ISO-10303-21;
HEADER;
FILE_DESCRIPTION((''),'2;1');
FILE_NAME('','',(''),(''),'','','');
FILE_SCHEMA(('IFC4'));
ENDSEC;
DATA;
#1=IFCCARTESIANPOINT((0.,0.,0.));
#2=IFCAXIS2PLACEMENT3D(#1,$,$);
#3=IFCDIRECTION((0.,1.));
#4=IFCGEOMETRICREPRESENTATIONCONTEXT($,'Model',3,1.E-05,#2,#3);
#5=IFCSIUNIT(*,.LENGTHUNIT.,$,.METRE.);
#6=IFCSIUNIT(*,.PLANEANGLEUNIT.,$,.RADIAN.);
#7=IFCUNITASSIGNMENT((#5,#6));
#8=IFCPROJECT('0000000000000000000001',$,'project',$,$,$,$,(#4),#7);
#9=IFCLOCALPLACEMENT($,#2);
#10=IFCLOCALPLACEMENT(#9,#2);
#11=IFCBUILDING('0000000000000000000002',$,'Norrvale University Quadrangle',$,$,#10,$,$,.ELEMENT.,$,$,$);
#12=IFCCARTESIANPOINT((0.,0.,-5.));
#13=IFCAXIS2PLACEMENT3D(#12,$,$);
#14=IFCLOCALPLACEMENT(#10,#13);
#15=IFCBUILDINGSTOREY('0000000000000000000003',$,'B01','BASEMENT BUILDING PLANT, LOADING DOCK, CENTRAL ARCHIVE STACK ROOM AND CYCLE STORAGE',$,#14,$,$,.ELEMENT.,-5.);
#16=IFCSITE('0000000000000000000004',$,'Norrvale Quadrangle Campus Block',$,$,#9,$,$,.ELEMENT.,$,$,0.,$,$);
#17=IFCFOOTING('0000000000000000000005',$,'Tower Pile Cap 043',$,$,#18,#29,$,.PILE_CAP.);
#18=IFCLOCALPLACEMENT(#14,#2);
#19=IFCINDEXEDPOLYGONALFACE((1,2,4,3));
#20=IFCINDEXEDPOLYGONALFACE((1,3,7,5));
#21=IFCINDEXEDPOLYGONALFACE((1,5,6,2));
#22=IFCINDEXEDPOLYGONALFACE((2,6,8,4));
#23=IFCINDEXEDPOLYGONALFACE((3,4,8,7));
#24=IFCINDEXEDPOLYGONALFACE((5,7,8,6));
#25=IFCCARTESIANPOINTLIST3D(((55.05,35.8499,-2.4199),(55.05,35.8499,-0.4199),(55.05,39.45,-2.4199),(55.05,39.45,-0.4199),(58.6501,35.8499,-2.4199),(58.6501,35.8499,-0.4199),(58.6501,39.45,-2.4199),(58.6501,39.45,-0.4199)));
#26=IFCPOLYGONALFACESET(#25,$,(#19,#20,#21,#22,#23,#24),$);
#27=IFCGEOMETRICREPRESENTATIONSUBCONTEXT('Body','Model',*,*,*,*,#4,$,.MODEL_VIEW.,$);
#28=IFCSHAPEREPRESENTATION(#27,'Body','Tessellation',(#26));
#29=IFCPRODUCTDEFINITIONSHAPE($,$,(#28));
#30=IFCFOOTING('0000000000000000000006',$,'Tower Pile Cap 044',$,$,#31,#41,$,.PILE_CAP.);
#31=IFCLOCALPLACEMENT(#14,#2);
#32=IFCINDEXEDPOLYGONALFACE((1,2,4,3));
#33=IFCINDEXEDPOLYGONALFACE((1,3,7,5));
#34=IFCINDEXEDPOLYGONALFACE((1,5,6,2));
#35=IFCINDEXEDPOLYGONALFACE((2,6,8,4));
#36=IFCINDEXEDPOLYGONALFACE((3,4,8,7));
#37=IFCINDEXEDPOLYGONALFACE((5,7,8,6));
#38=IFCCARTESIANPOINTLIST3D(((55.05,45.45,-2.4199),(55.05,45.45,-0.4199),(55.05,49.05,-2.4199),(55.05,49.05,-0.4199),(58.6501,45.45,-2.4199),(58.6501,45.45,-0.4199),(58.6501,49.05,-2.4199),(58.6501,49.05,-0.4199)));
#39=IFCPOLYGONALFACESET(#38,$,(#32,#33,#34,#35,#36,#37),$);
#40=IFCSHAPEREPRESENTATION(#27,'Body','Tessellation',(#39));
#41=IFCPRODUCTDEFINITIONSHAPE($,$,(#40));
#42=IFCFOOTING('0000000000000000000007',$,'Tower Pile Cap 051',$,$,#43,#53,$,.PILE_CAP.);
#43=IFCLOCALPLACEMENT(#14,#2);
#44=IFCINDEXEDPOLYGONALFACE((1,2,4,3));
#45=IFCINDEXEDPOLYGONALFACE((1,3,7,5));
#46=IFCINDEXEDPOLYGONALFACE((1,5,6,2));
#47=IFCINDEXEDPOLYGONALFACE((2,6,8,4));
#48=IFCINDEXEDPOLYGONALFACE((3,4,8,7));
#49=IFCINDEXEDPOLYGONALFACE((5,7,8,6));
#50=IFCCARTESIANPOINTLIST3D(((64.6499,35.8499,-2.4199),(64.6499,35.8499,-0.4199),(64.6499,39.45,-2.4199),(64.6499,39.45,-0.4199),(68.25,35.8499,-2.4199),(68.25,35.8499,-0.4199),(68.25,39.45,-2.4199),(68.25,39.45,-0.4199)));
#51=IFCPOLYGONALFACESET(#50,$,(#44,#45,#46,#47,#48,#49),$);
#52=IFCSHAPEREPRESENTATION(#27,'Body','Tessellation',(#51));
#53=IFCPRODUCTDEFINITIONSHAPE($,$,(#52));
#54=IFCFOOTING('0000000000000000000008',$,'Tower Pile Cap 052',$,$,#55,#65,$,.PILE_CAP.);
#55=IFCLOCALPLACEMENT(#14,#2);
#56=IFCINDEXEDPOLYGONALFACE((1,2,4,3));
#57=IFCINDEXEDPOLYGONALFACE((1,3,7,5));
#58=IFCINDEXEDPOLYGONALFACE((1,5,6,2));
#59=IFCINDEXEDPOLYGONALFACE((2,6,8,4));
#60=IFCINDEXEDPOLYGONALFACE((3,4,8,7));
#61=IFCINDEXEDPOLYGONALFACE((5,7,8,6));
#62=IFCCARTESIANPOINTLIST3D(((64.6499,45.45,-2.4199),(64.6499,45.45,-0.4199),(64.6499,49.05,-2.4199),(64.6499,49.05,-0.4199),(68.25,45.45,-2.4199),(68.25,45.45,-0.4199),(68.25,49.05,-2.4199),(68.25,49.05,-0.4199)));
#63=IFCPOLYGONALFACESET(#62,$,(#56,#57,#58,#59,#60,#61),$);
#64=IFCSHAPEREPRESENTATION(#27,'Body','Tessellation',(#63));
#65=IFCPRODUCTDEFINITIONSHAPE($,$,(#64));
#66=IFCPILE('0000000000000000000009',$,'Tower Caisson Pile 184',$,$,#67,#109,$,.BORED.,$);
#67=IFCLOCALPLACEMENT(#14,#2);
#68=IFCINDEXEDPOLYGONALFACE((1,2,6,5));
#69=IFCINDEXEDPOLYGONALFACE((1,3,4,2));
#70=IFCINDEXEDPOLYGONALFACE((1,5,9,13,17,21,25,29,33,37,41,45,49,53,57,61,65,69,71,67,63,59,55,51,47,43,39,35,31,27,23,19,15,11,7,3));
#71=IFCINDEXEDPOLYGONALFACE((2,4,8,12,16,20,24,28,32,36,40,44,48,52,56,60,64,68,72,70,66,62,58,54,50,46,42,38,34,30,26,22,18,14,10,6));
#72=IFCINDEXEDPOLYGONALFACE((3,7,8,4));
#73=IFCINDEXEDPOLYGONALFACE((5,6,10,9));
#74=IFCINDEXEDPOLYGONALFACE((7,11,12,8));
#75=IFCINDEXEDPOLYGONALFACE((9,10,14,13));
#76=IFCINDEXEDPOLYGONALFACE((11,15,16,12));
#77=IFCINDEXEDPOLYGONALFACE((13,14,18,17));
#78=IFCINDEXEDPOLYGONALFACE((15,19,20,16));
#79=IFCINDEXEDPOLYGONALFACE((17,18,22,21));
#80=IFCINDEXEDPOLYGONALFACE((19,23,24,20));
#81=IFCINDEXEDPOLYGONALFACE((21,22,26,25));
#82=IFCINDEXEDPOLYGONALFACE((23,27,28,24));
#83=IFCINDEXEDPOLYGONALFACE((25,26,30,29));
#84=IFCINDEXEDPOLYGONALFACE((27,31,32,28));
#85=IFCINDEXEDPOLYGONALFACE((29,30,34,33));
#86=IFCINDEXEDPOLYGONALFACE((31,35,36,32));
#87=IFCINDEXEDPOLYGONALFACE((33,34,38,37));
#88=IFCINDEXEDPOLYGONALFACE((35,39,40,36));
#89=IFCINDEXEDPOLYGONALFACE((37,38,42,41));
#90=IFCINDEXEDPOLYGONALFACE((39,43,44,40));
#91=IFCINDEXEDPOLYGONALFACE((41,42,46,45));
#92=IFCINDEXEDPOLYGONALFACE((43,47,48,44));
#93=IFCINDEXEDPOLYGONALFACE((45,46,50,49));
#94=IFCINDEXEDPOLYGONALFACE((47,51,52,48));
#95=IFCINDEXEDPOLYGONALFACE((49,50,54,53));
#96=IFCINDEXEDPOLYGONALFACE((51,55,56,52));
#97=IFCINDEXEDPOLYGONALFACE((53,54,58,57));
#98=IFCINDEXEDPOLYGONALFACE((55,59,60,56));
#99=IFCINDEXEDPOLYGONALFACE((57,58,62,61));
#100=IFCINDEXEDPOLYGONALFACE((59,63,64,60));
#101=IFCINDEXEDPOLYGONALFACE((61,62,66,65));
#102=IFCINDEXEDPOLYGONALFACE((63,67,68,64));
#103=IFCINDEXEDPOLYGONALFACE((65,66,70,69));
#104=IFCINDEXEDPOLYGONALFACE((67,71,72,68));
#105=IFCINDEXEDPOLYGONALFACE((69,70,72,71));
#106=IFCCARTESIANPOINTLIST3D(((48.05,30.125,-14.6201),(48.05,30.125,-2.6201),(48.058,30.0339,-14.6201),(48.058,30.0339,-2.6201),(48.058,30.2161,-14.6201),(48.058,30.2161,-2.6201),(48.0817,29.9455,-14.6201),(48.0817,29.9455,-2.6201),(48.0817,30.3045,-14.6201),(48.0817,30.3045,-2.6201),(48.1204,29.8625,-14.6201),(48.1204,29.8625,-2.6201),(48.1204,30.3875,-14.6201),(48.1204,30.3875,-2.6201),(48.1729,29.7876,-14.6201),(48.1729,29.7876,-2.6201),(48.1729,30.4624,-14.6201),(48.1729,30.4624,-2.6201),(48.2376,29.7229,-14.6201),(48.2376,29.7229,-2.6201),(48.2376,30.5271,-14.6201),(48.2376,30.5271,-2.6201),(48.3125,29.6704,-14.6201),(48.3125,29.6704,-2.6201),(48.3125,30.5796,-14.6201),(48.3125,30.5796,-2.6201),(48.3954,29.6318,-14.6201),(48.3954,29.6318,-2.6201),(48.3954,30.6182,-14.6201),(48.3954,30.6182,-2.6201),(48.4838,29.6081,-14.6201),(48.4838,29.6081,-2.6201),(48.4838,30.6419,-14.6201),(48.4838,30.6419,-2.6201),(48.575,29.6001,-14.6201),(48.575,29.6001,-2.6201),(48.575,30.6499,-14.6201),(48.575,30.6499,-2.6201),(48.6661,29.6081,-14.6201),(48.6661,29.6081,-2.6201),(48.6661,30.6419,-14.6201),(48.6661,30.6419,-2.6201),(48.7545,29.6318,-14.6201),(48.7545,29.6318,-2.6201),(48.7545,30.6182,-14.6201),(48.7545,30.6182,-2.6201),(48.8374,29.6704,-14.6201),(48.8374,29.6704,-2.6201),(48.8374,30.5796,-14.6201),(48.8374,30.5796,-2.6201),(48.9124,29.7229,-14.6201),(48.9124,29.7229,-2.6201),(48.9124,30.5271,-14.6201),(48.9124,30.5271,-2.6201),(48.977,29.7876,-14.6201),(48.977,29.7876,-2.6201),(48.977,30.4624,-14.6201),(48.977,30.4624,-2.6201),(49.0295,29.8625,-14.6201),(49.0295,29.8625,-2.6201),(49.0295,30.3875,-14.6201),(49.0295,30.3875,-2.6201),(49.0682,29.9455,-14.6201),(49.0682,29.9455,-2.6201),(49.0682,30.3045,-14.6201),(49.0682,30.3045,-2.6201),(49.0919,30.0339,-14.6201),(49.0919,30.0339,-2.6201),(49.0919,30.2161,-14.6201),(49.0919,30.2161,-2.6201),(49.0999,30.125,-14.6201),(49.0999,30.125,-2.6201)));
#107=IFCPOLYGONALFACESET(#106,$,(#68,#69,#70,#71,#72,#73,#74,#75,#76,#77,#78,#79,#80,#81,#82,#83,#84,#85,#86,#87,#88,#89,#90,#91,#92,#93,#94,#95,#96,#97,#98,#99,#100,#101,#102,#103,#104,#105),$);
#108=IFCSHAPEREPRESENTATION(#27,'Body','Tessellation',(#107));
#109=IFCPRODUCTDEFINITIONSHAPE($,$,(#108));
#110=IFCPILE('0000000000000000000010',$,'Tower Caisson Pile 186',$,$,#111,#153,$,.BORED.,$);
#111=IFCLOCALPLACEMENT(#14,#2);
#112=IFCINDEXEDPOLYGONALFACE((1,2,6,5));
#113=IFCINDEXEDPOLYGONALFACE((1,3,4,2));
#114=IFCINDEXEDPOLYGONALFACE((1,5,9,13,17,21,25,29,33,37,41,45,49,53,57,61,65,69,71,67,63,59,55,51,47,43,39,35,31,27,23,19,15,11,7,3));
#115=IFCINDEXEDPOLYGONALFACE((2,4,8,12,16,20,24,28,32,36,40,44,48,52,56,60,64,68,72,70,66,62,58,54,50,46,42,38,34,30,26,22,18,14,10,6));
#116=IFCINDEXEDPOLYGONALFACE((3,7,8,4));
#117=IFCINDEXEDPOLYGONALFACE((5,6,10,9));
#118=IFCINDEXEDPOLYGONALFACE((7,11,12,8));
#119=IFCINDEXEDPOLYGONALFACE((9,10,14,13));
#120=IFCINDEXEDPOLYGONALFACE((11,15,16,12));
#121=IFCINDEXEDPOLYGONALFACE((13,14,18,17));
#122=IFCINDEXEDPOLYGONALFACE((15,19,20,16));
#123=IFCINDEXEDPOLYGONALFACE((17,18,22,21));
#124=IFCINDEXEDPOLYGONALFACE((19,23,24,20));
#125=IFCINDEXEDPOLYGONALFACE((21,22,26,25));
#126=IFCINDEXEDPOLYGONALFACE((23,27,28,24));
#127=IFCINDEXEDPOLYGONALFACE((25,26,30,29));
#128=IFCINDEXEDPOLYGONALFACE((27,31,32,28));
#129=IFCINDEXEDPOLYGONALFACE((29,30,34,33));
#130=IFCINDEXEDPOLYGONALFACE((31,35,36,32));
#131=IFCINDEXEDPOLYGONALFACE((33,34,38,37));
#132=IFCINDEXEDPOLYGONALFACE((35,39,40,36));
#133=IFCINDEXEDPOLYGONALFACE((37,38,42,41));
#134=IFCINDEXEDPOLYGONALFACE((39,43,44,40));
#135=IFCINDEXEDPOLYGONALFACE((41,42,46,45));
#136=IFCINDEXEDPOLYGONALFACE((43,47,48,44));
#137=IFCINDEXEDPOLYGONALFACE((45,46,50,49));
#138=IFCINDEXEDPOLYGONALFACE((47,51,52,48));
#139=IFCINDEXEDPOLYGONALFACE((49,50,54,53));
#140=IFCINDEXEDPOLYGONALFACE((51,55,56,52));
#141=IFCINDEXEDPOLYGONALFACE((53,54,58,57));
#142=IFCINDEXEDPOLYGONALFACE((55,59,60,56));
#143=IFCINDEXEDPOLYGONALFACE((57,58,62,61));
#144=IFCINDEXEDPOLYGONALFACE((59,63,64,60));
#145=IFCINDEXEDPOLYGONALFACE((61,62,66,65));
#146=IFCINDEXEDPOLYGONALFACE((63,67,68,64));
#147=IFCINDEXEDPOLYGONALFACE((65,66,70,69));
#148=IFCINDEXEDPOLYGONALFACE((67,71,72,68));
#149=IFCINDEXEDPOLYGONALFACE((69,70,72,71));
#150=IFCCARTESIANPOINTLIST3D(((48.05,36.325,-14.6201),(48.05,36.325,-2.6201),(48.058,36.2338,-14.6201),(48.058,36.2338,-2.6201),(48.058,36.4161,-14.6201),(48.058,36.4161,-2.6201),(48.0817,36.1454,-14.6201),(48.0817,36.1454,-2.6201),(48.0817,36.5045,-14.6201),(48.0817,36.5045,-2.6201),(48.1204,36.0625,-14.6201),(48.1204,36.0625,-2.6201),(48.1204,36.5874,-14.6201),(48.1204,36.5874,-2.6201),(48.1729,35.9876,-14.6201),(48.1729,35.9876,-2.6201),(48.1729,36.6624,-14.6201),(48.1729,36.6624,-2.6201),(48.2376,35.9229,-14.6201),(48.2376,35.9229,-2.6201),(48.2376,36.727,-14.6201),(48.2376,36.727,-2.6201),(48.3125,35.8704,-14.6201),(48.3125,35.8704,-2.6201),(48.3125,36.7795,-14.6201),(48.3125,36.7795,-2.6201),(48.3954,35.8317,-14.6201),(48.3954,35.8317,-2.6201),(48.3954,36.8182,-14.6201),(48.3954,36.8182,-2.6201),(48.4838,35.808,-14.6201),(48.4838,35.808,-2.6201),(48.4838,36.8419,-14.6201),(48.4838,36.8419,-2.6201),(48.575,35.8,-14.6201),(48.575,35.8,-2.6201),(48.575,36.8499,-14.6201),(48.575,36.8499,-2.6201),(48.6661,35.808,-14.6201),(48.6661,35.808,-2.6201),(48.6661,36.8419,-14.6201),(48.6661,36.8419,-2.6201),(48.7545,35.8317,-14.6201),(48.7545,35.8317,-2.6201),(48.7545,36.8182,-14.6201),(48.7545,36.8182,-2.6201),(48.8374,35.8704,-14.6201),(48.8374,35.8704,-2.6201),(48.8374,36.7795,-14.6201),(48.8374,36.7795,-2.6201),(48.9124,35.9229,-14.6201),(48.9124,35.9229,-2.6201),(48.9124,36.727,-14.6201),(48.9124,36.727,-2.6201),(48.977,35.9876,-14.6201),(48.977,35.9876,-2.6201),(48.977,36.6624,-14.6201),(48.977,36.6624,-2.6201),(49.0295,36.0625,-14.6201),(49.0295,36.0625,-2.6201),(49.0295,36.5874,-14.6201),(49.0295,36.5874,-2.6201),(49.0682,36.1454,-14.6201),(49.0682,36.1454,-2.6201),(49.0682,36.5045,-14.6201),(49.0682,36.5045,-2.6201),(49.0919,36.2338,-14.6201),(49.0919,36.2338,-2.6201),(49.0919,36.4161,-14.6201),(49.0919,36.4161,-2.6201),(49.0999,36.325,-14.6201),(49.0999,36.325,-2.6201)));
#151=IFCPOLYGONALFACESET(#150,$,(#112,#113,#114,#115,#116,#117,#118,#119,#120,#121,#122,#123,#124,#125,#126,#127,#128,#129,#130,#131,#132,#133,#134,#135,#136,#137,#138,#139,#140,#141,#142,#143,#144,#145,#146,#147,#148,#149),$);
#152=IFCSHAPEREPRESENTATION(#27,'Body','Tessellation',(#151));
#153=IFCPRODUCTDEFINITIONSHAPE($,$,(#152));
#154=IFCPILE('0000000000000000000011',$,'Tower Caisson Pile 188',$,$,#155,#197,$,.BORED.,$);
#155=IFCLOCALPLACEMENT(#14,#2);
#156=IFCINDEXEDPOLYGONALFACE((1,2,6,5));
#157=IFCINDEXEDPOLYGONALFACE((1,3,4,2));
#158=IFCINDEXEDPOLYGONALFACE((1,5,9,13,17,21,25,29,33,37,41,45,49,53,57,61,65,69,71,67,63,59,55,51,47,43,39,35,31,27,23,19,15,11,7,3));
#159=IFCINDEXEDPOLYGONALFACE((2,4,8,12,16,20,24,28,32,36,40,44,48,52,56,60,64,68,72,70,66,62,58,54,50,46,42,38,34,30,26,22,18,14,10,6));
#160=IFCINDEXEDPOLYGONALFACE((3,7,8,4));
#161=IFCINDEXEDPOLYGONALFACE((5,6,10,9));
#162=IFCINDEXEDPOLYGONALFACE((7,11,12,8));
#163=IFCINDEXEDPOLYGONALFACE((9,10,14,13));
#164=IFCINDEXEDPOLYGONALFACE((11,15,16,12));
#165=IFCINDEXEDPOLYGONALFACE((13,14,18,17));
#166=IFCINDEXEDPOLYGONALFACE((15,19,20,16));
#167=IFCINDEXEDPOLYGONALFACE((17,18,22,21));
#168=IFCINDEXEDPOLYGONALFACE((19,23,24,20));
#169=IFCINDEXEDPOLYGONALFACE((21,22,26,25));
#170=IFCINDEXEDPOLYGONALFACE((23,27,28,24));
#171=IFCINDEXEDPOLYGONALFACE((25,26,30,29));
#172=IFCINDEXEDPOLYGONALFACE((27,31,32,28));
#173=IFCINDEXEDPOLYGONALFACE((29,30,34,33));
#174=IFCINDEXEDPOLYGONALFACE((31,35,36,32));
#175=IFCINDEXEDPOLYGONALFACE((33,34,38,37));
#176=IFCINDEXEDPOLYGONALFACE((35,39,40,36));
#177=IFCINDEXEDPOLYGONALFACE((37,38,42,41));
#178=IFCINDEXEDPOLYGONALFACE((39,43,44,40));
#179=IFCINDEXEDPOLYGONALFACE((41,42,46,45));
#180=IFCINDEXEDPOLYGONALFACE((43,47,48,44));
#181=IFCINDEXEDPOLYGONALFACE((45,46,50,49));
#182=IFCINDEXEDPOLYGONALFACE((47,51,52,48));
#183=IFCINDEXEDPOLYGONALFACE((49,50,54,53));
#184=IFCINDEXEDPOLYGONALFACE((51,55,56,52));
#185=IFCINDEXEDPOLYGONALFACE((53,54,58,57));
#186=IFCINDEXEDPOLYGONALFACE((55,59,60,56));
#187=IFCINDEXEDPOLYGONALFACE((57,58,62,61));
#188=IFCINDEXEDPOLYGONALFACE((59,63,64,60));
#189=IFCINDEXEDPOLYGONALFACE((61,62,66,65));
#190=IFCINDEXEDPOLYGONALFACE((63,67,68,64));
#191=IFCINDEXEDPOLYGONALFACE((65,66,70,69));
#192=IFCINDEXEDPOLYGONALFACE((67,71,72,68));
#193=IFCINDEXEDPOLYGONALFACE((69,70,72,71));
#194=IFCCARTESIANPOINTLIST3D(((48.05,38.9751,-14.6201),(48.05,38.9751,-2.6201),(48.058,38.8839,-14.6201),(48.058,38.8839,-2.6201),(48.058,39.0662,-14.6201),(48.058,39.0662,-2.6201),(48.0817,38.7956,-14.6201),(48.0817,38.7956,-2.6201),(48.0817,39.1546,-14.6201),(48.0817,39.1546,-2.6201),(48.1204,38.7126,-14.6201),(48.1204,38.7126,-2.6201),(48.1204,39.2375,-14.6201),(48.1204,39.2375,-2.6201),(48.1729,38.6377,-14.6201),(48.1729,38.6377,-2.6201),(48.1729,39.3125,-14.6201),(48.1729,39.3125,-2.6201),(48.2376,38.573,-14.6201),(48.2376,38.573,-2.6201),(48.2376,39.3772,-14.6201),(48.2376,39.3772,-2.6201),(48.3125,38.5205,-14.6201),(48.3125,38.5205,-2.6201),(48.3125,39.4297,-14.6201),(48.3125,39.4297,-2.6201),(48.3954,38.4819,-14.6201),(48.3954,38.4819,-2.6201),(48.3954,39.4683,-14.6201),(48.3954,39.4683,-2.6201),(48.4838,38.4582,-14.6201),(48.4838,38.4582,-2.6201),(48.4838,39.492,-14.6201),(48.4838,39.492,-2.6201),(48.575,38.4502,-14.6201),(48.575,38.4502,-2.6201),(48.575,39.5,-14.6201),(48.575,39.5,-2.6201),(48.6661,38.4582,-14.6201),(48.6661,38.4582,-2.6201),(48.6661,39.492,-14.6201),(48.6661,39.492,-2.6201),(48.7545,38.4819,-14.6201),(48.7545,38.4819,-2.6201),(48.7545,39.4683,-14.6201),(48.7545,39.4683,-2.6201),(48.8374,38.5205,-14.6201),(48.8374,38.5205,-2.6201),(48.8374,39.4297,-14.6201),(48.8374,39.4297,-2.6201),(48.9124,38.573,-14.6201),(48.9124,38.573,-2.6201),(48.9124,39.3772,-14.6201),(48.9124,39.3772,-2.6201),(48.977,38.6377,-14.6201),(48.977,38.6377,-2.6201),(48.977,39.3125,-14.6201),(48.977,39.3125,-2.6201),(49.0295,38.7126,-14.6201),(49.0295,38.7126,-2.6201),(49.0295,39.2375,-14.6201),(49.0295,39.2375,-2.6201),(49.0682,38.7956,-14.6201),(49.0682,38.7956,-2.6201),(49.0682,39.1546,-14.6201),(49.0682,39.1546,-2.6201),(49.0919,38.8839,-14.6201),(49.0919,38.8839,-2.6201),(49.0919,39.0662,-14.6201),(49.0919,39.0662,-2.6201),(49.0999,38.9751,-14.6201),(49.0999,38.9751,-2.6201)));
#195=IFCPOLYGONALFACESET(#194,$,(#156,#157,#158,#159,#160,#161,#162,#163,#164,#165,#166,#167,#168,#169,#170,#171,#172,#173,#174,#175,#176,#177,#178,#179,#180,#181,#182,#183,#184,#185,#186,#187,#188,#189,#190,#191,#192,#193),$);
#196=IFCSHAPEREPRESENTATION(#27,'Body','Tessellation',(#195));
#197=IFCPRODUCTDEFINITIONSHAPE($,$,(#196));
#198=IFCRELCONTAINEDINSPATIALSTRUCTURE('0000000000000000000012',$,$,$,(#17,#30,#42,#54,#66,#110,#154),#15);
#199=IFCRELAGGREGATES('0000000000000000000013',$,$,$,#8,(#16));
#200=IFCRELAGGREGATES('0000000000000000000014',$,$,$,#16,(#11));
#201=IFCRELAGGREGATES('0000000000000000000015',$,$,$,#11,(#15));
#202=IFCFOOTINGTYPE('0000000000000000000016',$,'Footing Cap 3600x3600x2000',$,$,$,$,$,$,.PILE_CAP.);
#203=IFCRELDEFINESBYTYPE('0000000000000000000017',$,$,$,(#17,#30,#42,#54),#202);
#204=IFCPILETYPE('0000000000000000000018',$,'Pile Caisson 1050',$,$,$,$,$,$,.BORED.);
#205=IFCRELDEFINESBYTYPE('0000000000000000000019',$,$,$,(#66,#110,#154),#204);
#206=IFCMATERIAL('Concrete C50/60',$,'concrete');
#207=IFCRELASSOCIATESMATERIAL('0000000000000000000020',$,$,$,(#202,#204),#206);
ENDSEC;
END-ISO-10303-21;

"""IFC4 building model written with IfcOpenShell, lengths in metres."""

from ifc_helpers import new_model, si_unit, direction, frame, origin, origin_2d, place, context, subcontext, project, spatial, rectangle, circle, extrude, material, material_profile, profile_set, type_object, element, save


model = new_model("IFC4")

# Units and contexts
model_context = context("Model", 3, precision=1e-05, world=origin(), true_north=direction((0.0, 1.0)))
body_context = subcontext(model_context, "Body", "Model", "MODEL_VIEW")
ifc_project = project(units=[si_unit("LENGTHUNIT", "METRE"), si_unit("PLANEANGLEUNIT", "RADIAN")], contexts=[model_context])

# Site, building, storey
site_placement = place(None, origin())
site = spatial("IfcSite", under=ifc_project, at=site_placement, Name="Norrvale Quadrangle Campus Block", CompositionType="ELEMENT", RefElevation=0.0)
building_placement = place(site_placement, origin())
building = spatial("IfcBuilding", under=site, at=building_placement, Name="Norrvale University Quadrangle", CompositionType="ELEMENT")
storey_placement = place(building_placement, frame((0.0, 0.0, -5.0)))
storey = spatial("IfcBuildingStorey", under=building, at=storey_placement, Name="B01", Description="BASEMENT BUILDING PLANT, LOADING DOCK, CENTRAL ARCHIVE STACK ROOM AND CYCLE STORAGE", CompositionType="ELEMENT", Elevation=-5.0)

# Footings
ifc_material_1 = material(Name="Concrete C50/60", Category="concrete")
footing_type = type_object("IfcFootingType", Name="Footing Cap 3600x3600x2000", PredefinedType="PILE_CAP", material=ifc_material_1)
for number, where, z_axis, x_axis, name in (
    (1, (56.8501, 37.6499, -2.4199), (0.0, 0.0, 1.0), (1.0, 0.0, 0.0), "Tower Pile Cap 043"),
    (2, (56.8501, 47.25, -2.4199), (0.0, 0.0, 1.0), (1.0, 0.0, 0.0), "Tower Pile Cap 044"),
    (3, (66.45, 37.6499, -2.4199), (0.0, 0.0, 1.0), (1.0, 0.0, 0.0), "Tower Pile Cap 051"),
    (4, (66.45, 47.25, -2.4199), (0.0, 0.0, 1.0), (1.0, 0.0, 0.0), "Tower Pile Cap 052"),
):
    element("IfcFooting", number, at=place(storey_placement, frame(where, z_axis=z_axis, x_axis=x_axis)), inside=storey, type_object=footing_type, Name=name, PredefinedType="PILE_CAP", context=body_context, shape_type="SweptSolid", body=[
        extrude(rectangle(XDim=3.6001, YDim=3.6001, at=origin_2d()), origin(), (0.0, 0.0, 1.0), 2.0),
    ])

# Piles
ifc_material_profile_1 = material_profile(ifc_material_1, circle(Radius=0.5249, at=origin_2d()), Name="Concrete C50/60")
ifc_profile_set_1 = profile_set([ifc_material_profile_1], Name="Concrete C50/60")
pile_type_1 = type_object("IfcPileType", Name="Pile Caisson 1050", PredefinedType="BORED", material=ifc_profile_set_1)
for number, where, z_axis, x_axis, name in (
    (5, (48.575, 30.125, -2.6201), (0.0, 0.0, -1.0), (1.0, 0.0, 0.0), "Tower Caisson Pile 184"),
    (6, (48.575, 36.325, -2.6201), (0.0, 0.0, -1.0), (1.0, 0.0, 0.0), "Tower Caisson Pile 186"),
    (7, (48.575, 38.9751, -2.6201), (0.0, 0.0, -1.0), (1.0, 0.0, 0.0), "Tower Caisson Pile 188"),
):
    element("IfcPile", number, at=place(storey_placement, frame(where, z_axis=z_axis, x_axis=x_axis)), inside=storey, type_object=pile_type_1, Name=name, PredefinedType="BORED", context=body_context, shape_type="SweptSolid", body=[
        extrude(circle(Radius=0.5249, at=origin_2d()), origin(), (0.0, 0.0, 1.0), 12.0),
    ])

save(model, "model.ifc")
